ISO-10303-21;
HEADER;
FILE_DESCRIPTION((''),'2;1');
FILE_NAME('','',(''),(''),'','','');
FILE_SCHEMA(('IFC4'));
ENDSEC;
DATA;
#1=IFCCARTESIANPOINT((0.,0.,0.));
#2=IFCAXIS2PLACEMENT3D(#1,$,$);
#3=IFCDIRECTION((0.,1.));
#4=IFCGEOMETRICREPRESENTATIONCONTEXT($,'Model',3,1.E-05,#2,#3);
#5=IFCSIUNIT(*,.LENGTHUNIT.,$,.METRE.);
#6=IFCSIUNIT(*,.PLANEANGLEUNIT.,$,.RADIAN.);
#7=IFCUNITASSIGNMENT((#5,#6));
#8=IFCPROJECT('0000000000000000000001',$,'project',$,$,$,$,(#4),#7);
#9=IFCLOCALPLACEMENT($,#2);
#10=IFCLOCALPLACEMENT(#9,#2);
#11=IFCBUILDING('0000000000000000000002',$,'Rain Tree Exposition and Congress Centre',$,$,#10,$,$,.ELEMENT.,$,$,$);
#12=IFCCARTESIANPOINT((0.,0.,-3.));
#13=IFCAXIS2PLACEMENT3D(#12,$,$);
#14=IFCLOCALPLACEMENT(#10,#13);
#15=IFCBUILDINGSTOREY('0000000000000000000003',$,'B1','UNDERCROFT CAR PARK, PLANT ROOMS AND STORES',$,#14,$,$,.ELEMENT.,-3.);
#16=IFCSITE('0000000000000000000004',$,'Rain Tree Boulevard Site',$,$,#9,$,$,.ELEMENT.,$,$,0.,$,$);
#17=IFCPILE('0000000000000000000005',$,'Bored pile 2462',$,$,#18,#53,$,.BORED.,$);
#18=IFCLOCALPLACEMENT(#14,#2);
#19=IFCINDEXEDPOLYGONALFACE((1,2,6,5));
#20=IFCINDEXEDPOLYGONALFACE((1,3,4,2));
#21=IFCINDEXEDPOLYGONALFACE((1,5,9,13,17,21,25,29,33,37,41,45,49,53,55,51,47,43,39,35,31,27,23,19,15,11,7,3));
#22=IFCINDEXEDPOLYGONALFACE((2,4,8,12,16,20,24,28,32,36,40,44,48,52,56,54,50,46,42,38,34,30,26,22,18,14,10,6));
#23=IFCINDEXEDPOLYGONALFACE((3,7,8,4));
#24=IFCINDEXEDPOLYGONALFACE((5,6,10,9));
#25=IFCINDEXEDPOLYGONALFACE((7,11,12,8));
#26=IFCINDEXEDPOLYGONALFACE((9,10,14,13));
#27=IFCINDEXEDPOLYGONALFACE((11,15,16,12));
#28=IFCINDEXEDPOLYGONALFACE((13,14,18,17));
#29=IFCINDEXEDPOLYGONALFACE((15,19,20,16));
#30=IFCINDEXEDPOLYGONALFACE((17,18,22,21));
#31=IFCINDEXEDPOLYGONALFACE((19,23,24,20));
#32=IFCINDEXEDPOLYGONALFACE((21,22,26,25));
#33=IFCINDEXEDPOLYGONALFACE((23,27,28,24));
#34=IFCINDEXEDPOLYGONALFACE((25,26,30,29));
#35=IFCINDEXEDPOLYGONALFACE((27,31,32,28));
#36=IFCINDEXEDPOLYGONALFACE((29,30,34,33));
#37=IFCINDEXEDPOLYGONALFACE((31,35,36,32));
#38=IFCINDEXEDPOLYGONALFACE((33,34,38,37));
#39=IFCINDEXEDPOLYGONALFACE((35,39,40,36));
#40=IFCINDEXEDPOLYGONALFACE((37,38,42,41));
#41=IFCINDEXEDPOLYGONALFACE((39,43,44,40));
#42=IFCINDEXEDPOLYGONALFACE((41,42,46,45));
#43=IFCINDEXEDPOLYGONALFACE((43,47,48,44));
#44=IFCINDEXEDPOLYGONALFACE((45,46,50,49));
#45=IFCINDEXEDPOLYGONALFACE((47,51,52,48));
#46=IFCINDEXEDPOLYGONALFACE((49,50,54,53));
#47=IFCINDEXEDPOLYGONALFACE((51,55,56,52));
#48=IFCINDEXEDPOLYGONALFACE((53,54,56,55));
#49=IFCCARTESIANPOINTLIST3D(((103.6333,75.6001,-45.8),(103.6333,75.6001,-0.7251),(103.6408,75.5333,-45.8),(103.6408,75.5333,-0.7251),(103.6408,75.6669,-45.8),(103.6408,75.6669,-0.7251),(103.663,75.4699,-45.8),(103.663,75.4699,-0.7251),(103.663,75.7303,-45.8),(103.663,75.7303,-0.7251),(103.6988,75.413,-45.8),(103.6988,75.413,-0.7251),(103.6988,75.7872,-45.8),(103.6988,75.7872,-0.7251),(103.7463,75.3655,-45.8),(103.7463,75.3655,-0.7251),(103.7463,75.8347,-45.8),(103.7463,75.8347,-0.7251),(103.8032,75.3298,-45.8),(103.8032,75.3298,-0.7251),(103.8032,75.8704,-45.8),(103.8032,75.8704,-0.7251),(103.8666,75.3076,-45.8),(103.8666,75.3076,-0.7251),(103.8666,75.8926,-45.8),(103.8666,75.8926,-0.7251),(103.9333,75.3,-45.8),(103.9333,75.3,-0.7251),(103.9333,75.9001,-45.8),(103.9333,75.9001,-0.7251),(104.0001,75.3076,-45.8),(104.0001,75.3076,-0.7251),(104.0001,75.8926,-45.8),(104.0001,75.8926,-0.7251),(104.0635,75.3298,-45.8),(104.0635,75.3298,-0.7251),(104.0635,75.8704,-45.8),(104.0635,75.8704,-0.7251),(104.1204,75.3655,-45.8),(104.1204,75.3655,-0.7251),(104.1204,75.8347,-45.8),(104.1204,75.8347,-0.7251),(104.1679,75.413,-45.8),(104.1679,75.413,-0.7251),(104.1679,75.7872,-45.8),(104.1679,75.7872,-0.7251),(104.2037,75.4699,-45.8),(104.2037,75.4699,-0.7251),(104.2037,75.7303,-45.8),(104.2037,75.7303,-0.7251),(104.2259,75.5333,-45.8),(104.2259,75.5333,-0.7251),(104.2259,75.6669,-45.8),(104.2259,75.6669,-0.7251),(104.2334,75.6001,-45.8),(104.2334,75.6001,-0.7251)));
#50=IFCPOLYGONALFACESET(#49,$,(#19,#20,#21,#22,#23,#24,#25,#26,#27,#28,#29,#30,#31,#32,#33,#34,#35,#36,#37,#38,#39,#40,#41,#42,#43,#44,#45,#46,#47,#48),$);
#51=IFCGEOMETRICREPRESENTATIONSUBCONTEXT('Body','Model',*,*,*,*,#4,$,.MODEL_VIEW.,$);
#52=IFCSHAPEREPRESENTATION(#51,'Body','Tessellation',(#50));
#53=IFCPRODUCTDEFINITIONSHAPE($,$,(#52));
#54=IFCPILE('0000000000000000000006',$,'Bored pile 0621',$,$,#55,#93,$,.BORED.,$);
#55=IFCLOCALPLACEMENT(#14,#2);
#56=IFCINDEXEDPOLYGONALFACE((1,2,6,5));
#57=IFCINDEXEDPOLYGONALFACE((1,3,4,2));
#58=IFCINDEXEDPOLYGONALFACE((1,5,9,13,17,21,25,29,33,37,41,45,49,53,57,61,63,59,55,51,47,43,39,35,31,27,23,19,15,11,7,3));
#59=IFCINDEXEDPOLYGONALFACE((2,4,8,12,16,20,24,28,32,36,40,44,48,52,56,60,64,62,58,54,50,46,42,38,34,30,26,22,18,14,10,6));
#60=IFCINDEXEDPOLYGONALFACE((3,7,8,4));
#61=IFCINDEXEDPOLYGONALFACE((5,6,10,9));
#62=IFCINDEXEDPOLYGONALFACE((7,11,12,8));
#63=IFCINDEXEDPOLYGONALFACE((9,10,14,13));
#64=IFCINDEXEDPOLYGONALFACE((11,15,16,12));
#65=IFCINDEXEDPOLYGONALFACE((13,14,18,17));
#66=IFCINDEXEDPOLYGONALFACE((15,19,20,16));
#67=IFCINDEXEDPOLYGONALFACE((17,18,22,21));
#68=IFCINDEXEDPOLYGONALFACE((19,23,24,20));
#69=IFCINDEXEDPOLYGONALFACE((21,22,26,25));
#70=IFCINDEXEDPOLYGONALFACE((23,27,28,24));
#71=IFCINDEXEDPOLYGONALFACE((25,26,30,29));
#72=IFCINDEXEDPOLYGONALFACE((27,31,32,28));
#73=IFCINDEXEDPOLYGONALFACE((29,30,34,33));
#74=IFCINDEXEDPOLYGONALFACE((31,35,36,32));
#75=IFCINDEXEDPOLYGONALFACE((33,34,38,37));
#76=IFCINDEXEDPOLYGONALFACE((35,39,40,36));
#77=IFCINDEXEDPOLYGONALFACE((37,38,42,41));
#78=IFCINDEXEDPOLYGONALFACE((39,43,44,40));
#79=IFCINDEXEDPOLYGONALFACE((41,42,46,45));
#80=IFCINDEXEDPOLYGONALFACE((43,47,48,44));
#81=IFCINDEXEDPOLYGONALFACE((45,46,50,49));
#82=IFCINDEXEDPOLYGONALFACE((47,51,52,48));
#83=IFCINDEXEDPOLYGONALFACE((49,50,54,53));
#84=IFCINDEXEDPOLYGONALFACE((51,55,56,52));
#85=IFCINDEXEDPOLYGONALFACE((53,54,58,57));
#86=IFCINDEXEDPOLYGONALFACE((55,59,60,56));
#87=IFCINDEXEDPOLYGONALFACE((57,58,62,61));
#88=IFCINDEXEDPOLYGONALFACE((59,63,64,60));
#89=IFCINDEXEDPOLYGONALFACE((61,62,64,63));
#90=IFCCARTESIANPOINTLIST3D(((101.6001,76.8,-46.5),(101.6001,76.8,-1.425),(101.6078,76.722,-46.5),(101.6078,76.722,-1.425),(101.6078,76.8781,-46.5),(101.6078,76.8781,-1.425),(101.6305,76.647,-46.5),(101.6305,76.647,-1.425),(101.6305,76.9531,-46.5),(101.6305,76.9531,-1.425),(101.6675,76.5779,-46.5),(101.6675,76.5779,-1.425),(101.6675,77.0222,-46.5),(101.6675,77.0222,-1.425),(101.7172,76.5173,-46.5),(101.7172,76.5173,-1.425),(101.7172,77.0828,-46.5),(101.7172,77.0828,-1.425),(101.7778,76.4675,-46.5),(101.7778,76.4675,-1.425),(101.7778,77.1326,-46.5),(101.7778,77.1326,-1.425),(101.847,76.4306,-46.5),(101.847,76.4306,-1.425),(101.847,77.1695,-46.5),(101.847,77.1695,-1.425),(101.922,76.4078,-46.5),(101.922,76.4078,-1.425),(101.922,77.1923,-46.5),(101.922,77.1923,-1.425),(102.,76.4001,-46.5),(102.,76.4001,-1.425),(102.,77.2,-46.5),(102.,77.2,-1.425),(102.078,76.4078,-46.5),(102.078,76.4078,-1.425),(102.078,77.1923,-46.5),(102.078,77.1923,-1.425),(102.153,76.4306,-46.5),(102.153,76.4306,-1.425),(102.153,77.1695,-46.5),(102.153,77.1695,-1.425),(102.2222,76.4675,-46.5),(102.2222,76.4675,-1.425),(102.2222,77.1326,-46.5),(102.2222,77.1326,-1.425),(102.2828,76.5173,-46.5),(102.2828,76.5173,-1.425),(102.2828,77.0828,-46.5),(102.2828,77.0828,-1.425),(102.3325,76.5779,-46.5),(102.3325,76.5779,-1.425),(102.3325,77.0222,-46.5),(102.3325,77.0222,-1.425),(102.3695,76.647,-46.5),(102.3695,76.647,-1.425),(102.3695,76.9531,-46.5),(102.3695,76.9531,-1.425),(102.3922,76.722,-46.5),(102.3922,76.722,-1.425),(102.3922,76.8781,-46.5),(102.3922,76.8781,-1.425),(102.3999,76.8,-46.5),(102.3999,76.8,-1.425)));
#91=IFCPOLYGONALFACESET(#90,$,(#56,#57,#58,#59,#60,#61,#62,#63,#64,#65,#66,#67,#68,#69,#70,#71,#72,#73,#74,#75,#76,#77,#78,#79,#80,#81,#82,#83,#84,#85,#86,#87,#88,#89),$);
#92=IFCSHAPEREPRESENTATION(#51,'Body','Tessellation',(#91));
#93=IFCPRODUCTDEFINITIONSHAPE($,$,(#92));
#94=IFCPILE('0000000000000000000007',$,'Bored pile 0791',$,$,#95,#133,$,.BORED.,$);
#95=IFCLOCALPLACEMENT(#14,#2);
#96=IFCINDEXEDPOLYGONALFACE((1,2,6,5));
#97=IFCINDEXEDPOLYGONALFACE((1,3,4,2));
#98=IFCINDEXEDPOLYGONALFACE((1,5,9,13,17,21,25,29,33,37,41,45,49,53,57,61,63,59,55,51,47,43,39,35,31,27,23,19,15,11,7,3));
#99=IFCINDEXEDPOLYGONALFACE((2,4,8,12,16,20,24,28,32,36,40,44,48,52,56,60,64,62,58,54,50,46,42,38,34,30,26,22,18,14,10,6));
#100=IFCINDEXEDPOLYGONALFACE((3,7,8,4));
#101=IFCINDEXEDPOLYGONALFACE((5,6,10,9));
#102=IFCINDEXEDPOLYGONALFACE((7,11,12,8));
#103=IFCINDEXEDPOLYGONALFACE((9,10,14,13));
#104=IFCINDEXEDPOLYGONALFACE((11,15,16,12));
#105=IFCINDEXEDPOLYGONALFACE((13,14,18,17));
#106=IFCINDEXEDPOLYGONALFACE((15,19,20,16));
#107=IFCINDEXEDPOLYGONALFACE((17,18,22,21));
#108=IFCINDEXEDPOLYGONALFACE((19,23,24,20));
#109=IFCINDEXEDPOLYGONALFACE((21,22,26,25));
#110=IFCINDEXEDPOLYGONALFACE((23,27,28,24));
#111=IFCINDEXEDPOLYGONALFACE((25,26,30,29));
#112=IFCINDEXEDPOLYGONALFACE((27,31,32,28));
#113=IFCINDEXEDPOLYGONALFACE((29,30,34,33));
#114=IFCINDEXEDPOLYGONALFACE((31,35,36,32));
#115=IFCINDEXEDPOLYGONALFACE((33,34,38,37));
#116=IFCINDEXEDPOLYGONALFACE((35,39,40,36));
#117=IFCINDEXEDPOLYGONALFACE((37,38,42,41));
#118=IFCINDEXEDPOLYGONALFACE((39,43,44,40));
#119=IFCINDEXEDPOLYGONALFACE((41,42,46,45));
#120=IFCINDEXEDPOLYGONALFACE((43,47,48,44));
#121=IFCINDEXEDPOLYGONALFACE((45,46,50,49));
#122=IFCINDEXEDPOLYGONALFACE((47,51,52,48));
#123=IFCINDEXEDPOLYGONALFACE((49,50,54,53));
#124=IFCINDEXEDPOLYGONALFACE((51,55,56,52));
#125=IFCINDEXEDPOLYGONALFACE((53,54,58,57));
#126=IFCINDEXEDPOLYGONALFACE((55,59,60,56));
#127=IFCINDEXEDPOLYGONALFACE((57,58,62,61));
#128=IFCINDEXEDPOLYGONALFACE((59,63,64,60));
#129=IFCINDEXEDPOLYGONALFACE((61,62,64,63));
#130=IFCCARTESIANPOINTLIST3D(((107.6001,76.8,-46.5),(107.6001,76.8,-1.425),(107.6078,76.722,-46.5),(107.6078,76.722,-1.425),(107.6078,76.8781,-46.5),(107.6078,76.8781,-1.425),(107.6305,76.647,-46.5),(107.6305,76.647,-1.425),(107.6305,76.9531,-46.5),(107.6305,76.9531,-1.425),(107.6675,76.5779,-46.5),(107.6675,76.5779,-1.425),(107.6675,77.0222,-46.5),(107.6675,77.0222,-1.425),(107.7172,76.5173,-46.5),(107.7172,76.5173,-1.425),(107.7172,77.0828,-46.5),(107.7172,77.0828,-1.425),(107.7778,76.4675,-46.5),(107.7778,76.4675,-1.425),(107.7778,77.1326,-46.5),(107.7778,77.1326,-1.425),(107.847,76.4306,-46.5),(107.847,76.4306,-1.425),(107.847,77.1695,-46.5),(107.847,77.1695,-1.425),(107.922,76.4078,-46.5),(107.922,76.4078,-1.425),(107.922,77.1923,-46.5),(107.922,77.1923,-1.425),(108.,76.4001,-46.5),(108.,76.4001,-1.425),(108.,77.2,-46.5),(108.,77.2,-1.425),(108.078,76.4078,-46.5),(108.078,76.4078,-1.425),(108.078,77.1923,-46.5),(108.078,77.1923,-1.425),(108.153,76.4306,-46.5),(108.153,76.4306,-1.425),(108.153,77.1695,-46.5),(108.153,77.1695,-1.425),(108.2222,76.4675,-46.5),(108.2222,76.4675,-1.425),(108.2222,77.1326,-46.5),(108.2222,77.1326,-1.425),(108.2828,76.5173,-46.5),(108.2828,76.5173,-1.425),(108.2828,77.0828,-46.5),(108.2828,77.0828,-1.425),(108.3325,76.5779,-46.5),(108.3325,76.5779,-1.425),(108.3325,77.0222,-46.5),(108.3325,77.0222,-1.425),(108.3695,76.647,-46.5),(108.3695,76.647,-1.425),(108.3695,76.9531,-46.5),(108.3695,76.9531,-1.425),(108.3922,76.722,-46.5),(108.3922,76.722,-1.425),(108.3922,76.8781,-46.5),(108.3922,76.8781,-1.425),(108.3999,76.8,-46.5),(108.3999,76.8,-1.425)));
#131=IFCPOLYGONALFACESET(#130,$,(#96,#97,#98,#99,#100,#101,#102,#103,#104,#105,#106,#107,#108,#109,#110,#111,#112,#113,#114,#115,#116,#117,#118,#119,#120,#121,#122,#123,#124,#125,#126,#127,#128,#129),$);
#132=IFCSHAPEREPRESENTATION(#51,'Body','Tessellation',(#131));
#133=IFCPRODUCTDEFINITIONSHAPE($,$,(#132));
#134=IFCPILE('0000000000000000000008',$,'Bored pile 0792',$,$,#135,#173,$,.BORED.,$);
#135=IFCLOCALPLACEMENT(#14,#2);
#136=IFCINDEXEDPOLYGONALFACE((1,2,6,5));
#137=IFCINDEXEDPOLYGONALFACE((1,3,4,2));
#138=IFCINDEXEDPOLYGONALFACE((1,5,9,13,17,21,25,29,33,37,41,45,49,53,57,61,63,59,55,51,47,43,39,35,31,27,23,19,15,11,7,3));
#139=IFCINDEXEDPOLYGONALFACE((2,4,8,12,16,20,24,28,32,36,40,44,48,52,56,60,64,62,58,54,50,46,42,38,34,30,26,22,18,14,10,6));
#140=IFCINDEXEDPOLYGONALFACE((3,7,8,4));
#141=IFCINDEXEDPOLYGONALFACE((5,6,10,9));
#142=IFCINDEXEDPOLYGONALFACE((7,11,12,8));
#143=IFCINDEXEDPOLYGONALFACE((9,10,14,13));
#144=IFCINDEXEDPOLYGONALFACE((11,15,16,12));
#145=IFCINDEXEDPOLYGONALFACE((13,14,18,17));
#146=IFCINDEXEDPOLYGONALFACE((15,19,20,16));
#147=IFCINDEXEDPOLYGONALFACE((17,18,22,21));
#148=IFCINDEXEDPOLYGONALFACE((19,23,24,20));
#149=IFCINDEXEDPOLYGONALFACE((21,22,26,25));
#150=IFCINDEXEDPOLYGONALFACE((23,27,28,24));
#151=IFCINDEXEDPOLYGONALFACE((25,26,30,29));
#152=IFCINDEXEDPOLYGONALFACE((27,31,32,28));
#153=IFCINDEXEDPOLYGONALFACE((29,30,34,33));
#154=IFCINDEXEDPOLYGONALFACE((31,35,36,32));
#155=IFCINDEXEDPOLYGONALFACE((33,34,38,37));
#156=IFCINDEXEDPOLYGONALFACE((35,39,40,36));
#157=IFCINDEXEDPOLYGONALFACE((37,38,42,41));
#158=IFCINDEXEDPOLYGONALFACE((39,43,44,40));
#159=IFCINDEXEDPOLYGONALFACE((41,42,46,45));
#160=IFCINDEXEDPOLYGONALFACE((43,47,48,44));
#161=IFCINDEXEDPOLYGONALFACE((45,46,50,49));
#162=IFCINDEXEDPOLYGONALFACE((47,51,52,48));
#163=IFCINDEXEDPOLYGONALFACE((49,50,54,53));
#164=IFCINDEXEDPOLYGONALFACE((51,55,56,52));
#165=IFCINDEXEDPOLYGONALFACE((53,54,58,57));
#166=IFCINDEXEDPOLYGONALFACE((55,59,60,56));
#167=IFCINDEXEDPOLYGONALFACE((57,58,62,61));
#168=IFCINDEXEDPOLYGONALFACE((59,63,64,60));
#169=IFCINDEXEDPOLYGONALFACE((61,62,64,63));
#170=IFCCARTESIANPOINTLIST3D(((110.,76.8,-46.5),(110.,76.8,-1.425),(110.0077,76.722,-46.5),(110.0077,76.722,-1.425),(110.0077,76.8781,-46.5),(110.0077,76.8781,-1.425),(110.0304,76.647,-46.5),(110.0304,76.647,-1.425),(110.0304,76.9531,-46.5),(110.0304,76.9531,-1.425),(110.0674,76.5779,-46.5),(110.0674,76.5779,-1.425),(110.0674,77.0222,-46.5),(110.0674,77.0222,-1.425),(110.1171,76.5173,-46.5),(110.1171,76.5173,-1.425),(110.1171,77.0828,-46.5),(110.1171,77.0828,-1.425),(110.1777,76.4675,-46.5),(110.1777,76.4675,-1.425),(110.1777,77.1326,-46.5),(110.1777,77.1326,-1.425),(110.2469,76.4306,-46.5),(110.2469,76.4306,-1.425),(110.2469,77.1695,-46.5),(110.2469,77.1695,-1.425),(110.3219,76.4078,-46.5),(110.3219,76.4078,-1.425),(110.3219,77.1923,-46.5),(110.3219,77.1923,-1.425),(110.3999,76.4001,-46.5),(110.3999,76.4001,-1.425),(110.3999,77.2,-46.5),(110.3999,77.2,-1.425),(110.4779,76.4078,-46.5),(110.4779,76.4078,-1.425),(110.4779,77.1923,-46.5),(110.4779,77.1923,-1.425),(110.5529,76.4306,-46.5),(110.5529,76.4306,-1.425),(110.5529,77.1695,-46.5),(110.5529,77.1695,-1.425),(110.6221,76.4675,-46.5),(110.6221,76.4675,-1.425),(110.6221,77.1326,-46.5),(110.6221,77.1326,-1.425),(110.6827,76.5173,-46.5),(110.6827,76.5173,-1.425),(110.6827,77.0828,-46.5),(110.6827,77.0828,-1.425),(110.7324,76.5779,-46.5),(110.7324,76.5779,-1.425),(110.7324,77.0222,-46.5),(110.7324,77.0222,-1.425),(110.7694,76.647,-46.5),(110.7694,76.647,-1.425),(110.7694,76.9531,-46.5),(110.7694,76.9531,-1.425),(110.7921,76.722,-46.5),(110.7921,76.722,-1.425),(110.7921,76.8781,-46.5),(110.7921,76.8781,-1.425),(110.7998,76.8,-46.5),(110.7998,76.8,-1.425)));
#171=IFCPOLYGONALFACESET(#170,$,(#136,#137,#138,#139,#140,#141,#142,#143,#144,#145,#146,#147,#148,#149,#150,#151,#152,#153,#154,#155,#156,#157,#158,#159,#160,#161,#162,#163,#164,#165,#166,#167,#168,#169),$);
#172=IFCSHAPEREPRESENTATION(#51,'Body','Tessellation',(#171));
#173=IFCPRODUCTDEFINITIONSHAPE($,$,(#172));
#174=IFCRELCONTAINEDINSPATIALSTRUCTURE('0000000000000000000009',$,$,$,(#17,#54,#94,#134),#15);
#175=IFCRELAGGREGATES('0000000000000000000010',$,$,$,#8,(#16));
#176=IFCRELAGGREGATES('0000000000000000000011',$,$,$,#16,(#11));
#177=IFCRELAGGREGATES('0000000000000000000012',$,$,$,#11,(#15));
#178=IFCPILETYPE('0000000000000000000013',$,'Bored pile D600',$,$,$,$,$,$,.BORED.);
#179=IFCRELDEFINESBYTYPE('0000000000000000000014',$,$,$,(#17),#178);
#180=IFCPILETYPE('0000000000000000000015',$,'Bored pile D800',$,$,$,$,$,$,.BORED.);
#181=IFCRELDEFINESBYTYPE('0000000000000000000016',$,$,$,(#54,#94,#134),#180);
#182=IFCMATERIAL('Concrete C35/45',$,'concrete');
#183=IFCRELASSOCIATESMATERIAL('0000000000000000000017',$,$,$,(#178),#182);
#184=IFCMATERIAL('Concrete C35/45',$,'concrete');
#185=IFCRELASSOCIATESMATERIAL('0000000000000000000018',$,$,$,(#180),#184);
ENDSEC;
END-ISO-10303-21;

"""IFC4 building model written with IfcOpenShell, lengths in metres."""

from ifc_helpers import new_model, si_unit, direction, frame, origin, origin_2d, place, context, subcontext, project, spatial, circle, extrude, material, material_profile, profile_set, type_object, element, save


model = new_model("IFC4")

# Units and contexts
model_context = context("Model", 3, precision=1e-05, world=origin(), true_north=direction((0.0, 1.0)))
body_context = subcontext(model_context, "Body", "Model", "MODEL_VIEW")
ifc_project = project(units=[si_unit("LENGTHUNIT", "METRE"), si_unit("PLANEANGLEUNIT", "RADIAN")], contexts=[model_context])

# Site, building, storey
site_placement = place(None, origin())
site = spatial("IfcSite", under=ifc_project, at=site_placement, Name="Rain Tree Boulevard Site", CompositionType="ELEMENT", RefElevation=0.0)
building_placement = place(site_placement, origin())
building = spatial("IfcBuilding", under=site, at=building_placement, Name="Rain Tree Exposition and Congress Centre", CompositionType="ELEMENT")
storey_placement = place(building_placement, frame((0.0, 0.0, -3.0)))
storey = spatial("IfcBuildingStorey", under=building, at=storey_placement, Name="B1", Description="UNDERCROFT CAR PARK, PLANT ROOMS AND STORES", CompositionType="ELEMENT", Elevation=-3.0)

# Piles
ifc_material_1 = material(Name="Concrete C35/45", Category="concrete")
ifc_material_profile_1 = material_profile(ifc_material_1, circle(Radius=0.3, at=origin_2d()), Name="D600")
ifc_profile_set_1 = profile_set([ifc_material_profile_1], Name="Concrete C35/45")
pile_type_1 = type_object("IfcPileType", Name="Bored pile D600", PredefinedType="BORED", material=ifc_profile_set_1)
for number, where, z_axis, x_axis, name in (
    (1, (103.9333, 75.6001, -0.7251), (0.0, 0.0, -1.0), (1.0, 0.0, 0.0), "Bored pile 2462"),
):
    element("IfcPile", number, at=place(storey_placement, frame(where, z_axis=z_axis, x_axis=x_axis)), inside=storey, type_object=pile_type_1, Name=name, PredefinedType="BORED", context=body_context, shape_type="SweptSolid", body=[
        extrude(circle(Radius=0.3, at=origin_2d()), origin(), (0.0, 0.0, 1.0), 45.075),
    ])
ifc_material_2 = material(Name="Concrete C35/45", Category="concrete")
ifc_material_profile_2 = material_profile(ifc_material_2, circle(Radius=0.3999, at=origin_2d()), Name="D800")
ifc_profile_set_2 = profile_set([ifc_material_profile_2], Name="Concrete C35/45")
pile_type_2 = type_object("IfcPileType", Name="Bored pile D800", PredefinedType="BORED", material=ifc_profile_set_2)
for number, where, z_axis, x_axis, name in (
    (2, (102.0, 76.8, -1.425), (0.0, 0.0, -1.0), (1.0, 0.0, 0.0), "Bored pile 0621"),
    (3, (108.0, 76.8, -1.425), (0.0, 0.0, -1.0), (1.0, 0.0, 0.0), "Bored pile 0791"),
    (4, (110.3999, 76.8, -1.425), (0.0, 0.0, -1.0), (1.0, 0.0, 0.0), "Bored pile 0792"),
):
    element("IfcPile", number, at=place(storey_placement, frame(where, z_axis=z_axis, x_axis=x_axis)), inside=storey, type_object=pile_type_2, Name=name, PredefinedType="BORED", context=body_context, shape_type="SweptSolid", body=[
        extrude(circle(Radius=0.3999, at=origin_2d()), origin(), (0.0, 0.0, 1.0), 45.075),
    ])

save(model, "model.ifc")
